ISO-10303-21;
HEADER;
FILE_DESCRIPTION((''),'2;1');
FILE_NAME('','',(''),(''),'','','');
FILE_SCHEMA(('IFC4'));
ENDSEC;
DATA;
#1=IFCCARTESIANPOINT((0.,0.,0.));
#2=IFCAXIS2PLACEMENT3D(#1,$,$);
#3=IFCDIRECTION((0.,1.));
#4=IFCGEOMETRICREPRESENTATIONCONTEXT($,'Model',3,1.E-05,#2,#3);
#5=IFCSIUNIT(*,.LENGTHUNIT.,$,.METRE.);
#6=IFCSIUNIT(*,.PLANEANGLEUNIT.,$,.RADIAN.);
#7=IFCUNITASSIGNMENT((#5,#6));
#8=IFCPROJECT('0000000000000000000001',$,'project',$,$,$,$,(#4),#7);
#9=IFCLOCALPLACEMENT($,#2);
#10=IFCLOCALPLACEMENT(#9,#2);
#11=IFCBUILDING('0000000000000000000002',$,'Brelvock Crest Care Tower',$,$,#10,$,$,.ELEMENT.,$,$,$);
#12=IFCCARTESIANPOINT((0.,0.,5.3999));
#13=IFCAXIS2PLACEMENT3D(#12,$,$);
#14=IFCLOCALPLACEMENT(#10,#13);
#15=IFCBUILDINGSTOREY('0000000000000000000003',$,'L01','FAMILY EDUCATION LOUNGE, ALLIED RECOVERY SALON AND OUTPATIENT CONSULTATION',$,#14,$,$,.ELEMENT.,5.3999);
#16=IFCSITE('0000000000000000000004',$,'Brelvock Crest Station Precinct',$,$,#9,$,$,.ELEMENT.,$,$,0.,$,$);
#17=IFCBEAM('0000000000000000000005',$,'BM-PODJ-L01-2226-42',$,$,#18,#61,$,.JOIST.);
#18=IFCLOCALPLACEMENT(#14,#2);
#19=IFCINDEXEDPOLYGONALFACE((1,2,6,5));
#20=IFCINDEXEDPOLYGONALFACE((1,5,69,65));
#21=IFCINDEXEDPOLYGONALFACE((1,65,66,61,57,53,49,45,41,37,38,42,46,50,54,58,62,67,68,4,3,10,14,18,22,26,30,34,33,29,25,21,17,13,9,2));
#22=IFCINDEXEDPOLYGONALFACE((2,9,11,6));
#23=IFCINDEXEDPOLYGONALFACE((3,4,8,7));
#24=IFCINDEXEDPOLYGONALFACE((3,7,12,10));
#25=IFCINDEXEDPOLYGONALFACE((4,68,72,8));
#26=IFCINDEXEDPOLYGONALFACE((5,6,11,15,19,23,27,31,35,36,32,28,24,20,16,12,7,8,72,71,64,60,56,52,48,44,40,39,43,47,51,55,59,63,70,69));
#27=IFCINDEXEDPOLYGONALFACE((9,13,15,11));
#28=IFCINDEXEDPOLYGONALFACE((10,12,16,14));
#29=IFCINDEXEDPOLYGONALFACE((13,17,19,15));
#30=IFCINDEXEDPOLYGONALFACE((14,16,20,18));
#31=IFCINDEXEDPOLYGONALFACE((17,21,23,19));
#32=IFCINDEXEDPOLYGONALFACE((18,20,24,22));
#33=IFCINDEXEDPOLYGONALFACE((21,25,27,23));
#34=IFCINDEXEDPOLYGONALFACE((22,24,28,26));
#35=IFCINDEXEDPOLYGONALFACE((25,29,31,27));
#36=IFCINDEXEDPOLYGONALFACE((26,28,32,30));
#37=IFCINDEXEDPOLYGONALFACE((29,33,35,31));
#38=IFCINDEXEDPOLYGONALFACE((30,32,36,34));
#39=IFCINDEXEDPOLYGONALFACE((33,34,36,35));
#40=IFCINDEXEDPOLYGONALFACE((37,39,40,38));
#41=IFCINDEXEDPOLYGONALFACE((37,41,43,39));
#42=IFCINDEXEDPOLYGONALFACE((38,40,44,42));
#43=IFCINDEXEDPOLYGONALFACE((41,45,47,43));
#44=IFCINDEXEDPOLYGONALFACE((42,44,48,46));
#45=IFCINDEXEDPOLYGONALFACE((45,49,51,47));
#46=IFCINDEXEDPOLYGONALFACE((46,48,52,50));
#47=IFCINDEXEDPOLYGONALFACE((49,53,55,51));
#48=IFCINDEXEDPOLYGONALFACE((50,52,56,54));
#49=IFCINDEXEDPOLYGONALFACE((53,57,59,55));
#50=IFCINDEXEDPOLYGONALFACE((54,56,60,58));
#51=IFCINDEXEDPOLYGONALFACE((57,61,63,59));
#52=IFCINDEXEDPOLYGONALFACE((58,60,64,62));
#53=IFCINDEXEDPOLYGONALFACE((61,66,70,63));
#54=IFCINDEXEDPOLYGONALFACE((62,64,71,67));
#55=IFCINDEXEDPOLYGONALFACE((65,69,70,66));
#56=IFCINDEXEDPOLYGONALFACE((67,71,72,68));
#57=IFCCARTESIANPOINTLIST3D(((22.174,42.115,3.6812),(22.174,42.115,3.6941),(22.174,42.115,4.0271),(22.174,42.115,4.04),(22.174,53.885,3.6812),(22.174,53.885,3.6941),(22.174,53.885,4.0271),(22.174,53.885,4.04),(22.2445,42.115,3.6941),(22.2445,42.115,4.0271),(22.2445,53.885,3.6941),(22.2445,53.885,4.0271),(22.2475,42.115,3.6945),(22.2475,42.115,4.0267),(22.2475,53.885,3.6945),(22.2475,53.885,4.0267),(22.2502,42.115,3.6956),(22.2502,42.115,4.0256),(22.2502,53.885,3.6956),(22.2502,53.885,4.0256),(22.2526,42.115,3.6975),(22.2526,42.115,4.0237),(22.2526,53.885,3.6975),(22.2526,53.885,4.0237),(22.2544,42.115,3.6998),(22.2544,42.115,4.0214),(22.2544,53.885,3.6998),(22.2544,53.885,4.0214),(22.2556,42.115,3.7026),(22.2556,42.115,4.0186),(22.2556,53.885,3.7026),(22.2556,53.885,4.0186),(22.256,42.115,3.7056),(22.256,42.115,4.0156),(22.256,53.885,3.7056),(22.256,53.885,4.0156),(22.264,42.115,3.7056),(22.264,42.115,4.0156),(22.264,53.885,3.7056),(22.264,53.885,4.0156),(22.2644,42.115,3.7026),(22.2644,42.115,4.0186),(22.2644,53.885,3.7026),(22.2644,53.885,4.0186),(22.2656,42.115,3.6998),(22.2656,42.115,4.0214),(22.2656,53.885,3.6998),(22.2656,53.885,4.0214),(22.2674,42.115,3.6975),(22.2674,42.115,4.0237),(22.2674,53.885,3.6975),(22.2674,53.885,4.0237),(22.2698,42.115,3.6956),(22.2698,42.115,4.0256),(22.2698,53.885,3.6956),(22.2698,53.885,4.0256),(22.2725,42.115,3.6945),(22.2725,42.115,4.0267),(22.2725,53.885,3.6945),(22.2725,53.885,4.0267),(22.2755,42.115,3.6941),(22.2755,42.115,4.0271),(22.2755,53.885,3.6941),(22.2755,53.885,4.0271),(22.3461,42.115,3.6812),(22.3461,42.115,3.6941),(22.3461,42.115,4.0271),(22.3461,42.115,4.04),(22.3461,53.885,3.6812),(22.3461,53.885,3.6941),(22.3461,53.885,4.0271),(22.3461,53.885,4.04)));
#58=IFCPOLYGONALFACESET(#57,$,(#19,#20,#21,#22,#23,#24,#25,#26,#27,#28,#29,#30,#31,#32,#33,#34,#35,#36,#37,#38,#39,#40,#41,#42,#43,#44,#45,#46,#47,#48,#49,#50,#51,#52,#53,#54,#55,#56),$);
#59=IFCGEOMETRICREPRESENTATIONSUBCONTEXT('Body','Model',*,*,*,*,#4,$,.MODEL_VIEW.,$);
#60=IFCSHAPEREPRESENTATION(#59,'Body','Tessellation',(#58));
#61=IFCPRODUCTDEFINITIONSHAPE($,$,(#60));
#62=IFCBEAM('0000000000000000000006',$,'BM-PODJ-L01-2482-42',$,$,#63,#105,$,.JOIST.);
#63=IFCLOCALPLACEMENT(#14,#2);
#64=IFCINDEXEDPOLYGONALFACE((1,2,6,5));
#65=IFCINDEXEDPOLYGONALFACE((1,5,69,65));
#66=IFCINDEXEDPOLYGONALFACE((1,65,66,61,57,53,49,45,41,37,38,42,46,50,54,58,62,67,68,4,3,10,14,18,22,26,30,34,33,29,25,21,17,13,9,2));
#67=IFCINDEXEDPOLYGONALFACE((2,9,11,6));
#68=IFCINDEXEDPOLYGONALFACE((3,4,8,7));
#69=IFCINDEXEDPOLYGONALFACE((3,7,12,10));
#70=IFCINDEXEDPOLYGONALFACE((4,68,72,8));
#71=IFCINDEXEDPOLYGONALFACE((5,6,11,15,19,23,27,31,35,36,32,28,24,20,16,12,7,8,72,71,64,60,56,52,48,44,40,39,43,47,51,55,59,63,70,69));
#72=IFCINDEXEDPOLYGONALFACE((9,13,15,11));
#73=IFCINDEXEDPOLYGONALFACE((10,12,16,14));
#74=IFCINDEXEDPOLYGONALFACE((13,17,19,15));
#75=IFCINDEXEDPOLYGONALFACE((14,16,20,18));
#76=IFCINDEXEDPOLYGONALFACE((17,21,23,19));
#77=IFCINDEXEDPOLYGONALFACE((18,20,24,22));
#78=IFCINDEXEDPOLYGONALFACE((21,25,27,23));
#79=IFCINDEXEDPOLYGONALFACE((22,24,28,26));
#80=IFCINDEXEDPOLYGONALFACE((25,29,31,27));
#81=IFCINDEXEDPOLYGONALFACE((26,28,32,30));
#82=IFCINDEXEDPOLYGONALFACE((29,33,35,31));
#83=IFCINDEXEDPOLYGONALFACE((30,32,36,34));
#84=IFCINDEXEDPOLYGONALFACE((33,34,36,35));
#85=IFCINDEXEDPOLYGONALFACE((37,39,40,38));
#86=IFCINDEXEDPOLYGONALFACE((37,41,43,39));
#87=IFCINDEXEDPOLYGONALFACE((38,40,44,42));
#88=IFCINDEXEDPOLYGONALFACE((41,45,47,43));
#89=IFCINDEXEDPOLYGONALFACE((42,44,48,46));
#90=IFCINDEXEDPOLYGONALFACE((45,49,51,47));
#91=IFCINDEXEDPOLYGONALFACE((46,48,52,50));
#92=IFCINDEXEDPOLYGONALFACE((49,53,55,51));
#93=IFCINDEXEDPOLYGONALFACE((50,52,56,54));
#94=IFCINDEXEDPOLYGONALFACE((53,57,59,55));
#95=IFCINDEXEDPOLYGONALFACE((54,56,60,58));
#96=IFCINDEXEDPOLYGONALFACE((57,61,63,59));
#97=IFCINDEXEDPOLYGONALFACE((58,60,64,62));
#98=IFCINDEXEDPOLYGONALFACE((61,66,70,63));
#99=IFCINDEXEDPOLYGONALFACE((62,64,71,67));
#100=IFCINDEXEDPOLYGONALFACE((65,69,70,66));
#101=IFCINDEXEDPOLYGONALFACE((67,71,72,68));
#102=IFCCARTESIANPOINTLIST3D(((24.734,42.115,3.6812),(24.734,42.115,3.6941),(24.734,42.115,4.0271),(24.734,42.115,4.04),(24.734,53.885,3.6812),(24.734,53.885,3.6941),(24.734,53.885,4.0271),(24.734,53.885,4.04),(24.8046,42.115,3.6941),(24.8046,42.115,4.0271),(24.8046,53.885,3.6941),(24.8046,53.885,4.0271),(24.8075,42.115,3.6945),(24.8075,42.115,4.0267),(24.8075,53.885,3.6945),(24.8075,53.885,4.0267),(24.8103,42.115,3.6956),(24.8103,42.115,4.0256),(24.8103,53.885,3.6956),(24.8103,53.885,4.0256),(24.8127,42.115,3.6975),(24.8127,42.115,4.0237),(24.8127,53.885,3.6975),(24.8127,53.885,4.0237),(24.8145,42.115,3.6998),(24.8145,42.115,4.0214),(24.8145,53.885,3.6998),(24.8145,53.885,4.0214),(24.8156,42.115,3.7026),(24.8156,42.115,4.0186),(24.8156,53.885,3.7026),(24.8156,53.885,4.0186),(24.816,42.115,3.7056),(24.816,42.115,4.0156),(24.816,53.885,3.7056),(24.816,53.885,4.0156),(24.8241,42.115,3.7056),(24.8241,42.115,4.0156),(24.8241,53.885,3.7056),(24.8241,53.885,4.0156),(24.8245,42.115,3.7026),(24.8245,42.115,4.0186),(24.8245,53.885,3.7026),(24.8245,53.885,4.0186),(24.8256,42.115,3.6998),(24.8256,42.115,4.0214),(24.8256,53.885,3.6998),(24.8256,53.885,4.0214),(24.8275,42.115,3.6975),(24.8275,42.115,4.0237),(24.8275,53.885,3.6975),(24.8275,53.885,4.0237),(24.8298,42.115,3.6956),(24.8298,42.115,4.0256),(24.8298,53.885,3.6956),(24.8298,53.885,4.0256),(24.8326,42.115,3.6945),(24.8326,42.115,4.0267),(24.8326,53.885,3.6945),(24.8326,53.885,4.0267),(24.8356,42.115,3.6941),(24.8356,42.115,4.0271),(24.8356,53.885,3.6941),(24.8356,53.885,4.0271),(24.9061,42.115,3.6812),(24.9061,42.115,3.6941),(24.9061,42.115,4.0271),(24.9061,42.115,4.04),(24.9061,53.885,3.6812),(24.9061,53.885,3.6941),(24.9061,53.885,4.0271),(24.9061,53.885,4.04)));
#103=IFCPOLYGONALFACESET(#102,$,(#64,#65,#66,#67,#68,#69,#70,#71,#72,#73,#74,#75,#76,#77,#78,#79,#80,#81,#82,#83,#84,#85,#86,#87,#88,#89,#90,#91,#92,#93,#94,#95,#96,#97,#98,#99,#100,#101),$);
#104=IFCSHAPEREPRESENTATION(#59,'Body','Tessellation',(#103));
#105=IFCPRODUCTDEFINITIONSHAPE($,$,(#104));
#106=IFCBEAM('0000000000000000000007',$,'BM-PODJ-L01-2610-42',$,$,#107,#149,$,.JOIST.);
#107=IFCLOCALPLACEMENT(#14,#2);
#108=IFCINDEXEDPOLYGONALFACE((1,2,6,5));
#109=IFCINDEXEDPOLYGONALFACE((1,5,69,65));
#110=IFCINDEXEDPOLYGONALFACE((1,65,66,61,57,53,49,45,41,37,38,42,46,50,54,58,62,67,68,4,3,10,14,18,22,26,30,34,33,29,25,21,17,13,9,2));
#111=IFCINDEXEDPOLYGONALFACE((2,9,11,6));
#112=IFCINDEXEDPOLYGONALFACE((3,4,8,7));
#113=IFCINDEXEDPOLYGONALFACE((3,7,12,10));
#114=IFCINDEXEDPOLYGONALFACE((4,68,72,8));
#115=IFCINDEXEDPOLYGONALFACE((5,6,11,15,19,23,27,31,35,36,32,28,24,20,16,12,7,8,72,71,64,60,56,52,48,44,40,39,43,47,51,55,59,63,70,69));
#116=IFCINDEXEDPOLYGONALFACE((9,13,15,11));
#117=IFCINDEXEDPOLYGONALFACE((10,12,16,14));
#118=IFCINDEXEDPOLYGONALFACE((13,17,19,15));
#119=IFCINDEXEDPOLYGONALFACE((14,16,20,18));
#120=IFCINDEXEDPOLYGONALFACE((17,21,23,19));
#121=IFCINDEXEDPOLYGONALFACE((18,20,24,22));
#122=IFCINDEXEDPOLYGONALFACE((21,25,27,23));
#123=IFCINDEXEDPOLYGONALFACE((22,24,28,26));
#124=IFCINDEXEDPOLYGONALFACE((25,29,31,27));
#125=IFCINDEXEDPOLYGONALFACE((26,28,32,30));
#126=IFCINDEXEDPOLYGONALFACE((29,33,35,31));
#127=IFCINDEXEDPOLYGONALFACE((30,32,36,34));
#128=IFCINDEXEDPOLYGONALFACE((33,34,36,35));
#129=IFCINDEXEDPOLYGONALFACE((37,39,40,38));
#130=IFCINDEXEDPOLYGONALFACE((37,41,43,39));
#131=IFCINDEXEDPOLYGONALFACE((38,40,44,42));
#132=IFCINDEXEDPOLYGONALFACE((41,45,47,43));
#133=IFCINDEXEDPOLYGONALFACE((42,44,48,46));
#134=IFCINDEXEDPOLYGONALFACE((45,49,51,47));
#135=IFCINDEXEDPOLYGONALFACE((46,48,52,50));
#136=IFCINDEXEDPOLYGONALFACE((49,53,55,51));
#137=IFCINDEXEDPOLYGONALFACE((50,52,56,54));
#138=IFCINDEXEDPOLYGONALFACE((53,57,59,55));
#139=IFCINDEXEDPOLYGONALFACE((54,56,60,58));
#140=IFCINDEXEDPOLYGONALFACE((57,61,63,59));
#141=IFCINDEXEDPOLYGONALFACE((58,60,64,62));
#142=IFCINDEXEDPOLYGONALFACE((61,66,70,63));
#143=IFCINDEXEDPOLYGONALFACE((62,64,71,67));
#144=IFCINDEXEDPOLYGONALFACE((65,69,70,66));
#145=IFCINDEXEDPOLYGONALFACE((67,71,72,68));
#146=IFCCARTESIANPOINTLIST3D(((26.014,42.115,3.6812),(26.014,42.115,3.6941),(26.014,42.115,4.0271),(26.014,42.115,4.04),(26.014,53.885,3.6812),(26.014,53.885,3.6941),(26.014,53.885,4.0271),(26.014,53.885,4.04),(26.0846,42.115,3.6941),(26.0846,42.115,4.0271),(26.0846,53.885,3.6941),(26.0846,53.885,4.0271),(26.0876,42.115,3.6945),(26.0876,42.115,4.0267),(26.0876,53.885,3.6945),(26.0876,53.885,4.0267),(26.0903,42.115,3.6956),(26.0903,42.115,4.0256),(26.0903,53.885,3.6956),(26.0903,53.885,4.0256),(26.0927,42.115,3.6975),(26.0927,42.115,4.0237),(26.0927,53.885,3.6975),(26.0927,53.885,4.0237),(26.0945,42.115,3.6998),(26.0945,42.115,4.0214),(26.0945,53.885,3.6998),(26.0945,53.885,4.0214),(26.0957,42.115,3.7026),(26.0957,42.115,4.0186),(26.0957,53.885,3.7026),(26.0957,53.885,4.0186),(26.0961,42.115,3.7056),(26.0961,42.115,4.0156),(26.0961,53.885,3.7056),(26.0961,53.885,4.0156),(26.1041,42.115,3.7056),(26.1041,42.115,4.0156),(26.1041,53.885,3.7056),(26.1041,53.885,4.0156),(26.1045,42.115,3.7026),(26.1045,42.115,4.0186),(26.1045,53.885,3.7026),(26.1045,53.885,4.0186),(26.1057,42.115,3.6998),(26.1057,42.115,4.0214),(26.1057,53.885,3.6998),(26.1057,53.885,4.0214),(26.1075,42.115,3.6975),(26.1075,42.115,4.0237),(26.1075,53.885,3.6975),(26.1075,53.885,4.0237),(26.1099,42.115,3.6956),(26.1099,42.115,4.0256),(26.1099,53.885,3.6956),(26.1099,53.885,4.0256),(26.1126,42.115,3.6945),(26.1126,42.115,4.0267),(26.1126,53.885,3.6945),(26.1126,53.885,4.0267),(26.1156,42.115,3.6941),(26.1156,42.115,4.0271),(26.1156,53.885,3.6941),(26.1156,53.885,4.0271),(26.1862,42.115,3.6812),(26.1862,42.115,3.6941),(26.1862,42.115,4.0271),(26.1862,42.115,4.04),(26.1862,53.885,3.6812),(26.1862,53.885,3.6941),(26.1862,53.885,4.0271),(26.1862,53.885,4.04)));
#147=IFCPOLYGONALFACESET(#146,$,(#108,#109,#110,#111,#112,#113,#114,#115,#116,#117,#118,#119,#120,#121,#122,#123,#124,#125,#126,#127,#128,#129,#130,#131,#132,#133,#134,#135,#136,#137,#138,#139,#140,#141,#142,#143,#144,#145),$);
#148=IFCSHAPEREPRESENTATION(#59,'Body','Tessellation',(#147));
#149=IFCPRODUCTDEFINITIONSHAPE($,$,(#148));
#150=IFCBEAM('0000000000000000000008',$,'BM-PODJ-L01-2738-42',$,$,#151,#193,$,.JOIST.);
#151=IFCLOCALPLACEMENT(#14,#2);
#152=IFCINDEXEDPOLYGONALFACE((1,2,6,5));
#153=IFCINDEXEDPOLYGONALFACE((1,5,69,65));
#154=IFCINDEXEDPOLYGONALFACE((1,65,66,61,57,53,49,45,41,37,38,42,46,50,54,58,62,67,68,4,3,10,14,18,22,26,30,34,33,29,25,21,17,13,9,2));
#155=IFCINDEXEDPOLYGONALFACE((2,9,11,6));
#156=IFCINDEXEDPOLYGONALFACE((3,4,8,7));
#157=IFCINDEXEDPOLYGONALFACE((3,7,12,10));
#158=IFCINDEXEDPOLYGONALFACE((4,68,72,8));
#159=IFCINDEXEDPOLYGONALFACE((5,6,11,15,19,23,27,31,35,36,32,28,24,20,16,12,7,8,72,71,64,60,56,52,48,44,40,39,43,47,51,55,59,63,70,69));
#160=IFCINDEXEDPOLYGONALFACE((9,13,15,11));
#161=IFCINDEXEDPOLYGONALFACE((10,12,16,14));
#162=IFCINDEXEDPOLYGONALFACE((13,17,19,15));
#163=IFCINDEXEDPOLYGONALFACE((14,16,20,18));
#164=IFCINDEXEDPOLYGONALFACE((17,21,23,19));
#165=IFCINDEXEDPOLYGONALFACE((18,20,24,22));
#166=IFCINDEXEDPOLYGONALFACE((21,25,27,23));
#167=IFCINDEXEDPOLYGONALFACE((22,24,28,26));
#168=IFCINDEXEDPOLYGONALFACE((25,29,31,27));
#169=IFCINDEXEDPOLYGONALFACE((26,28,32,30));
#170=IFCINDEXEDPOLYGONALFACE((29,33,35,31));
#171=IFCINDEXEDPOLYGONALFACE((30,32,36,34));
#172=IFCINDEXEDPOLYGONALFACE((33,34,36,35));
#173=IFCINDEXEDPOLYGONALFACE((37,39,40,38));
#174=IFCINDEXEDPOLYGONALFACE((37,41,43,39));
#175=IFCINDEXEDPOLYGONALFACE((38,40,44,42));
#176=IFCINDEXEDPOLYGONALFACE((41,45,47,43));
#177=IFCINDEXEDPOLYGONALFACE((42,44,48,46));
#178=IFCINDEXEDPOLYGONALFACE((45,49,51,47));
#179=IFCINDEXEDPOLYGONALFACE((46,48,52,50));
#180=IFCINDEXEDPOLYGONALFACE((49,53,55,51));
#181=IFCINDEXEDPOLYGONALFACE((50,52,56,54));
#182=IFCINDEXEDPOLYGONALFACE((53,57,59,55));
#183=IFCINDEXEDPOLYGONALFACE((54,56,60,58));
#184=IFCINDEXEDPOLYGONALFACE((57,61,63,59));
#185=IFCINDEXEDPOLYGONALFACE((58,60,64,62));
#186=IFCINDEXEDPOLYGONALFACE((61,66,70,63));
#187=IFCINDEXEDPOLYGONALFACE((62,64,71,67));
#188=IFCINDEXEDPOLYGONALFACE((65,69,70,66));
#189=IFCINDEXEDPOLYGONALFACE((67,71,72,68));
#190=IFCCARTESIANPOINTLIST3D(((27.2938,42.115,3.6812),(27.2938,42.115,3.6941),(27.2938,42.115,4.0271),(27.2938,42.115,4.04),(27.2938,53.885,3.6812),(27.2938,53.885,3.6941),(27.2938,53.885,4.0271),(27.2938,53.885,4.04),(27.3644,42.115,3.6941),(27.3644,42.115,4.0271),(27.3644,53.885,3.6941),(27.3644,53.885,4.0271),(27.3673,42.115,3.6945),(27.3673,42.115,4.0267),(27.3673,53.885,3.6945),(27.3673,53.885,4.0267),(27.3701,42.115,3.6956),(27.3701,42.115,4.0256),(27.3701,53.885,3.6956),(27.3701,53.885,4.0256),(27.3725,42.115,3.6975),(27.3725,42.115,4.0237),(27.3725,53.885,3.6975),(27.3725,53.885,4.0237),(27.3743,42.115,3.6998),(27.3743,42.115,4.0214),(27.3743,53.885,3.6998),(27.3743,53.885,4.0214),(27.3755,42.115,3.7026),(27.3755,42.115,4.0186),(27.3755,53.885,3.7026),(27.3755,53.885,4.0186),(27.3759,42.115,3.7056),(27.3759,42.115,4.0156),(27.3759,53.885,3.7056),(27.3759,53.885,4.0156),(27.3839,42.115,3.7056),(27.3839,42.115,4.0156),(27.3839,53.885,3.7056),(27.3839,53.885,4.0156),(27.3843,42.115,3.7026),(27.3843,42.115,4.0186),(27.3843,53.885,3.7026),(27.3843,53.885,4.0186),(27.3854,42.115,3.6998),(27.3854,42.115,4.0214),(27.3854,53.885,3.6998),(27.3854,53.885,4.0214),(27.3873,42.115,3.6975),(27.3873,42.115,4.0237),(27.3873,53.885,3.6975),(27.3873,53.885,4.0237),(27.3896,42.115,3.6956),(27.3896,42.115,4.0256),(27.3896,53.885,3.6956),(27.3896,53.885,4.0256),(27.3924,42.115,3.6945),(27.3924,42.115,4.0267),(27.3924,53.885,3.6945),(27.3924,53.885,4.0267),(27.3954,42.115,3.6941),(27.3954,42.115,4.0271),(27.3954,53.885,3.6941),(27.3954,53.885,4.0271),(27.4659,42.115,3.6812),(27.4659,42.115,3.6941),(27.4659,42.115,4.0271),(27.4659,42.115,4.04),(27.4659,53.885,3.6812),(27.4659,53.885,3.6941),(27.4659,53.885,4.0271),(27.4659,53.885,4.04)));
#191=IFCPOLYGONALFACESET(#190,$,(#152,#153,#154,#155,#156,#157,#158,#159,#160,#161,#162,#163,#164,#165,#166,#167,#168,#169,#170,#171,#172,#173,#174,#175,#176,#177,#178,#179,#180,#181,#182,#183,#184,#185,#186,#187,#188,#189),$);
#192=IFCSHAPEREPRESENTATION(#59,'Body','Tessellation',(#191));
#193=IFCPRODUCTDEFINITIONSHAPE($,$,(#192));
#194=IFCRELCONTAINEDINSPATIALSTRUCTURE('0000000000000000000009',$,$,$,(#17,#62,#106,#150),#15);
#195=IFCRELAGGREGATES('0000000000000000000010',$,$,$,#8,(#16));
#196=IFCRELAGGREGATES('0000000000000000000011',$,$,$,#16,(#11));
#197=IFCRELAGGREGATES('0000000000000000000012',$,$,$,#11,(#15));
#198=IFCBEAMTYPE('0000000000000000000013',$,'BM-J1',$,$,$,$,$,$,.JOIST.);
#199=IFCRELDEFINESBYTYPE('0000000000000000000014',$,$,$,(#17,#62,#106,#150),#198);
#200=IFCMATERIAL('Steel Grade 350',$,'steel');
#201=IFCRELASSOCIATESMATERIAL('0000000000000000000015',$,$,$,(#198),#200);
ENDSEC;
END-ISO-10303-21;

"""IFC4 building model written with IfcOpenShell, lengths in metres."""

from ifc_helpers import new_model, si_unit, direction, frame, origin, origin_2d, place, context, subcontext, project, spatial, i_section, extrude, source, transform, mapped, material, material_profile, profile_set, type_object, element, save


model = new_model("IFC4")

# Units and contexts
model_context = context("Model", 3, precision=1e-05, world=origin(), true_north=direction((0.0, 1.0)))
body_context = subcontext(model_context, "Body", "Model", "MODEL_VIEW")
ifc_project = project(units=[si_unit("LENGTHUNIT", "METRE"), si_unit("PLANEANGLEUNIT", "RADIAN")], contexts=[model_context])

# Site, building, storey
site_placement = place(None, origin())
site = spatial("IfcSite", under=ifc_project, at=site_placement, Name="Brelvock Crest Station Precinct", CompositionType="ELEMENT", RefElevation=0.0)
building_placement = place(site_placement, origin())
building = spatial("IfcBuilding", under=site, at=building_placement, Name="Brelvock Crest Care Tower", CompositionType="ELEMENT")
storey_placement = place(building_placement, frame((0.0, 0.0, 5.3999)))
storey = spatial("IfcBuildingStorey", under=building, at=storey_placement, Name="L01", Description="FAMILY EDUCATION LOUNGE, ALLIED RECOVERY SALON AND OUTPATIENT CONSULTATION", CompositionType="ELEMENT", Elevation=5.3999)

# Shared definitions
ifc_material_1 = material(Name="Steel Grade 350", Category="steel")

# Beams
ifc_material_profile_1 = material_profile(ifc_material_1, i_section(OverallWidth=0.1721, OverallDepth=0.3589, WebThickness=0.0081, FlangeThickness=0.0129, FilletRadius=0.0115, at=origin_2d()), Name="360UB56.7")
ifc_profile_set_1 = profile_set([ifc_material_profile_1], Name="Steel Grade 350")
beam_type_1 = type_object("IfcBeamType", Name="BM-J1", PredefinedType="JOIST", material=ifc_profile_set_1)
shared_shape_1 = source(origin(), body_context, "Body", "SweptSolid", [
    extrude(i_section(OverallWidth=0.1721, OverallDepth=0.3589, WebThickness=0.0081, FlangeThickness=0.0129, FilletRadius=0.0115, at=origin_2d()), origin(), (0.0, 0.0, 1.0), 11.77),
])
for number, where, z_axis, x_axis, name in (
    (1, (22.26, 42.115, 3.8606), (0.0, 1.0, 0.0), (-1.0, 0.0, 0.0), "BM-PODJ-L01-2226-42"),
    (2, (24.8201, 42.115, 3.8606), (0.0, 1.0, 0.0), (-1.0, 0.0, 0.0), "BM-PODJ-L01-2482-42"),
    (3, (26.1001, 42.115, 3.8606), (0.0, 1.0, 0.0), (-1.0, 0.0, 0.0), "BM-PODJ-L01-2610-42"),
    (4, (27.3799, 42.115, 3.8606), (0.0, 1.0, 0.0), (-1.0, 0.0, 0.0), "BM-PODJ-L01-2738-42"),
):
    element("IfcBeam", number, at=place(storey_placement, frame(where, z_axis=z_axis, x_axis=x_axis)), inside=storey, type_object=beam_type_1, Name=name, PredefinedType="JOIST", context=body_context, shape_type="MappedRepresentation", body=[
        mapped(shared_shape_1, transform((0.0, 0.0, 0.0), x_axis=(1.0, 0.0, 0.0), y_axis=(0.0, 1.0, 0.0), z_axis=(0.0, 0.0, 1.0), scale=1.0)),
    ])

save(model, "model.ifc")
